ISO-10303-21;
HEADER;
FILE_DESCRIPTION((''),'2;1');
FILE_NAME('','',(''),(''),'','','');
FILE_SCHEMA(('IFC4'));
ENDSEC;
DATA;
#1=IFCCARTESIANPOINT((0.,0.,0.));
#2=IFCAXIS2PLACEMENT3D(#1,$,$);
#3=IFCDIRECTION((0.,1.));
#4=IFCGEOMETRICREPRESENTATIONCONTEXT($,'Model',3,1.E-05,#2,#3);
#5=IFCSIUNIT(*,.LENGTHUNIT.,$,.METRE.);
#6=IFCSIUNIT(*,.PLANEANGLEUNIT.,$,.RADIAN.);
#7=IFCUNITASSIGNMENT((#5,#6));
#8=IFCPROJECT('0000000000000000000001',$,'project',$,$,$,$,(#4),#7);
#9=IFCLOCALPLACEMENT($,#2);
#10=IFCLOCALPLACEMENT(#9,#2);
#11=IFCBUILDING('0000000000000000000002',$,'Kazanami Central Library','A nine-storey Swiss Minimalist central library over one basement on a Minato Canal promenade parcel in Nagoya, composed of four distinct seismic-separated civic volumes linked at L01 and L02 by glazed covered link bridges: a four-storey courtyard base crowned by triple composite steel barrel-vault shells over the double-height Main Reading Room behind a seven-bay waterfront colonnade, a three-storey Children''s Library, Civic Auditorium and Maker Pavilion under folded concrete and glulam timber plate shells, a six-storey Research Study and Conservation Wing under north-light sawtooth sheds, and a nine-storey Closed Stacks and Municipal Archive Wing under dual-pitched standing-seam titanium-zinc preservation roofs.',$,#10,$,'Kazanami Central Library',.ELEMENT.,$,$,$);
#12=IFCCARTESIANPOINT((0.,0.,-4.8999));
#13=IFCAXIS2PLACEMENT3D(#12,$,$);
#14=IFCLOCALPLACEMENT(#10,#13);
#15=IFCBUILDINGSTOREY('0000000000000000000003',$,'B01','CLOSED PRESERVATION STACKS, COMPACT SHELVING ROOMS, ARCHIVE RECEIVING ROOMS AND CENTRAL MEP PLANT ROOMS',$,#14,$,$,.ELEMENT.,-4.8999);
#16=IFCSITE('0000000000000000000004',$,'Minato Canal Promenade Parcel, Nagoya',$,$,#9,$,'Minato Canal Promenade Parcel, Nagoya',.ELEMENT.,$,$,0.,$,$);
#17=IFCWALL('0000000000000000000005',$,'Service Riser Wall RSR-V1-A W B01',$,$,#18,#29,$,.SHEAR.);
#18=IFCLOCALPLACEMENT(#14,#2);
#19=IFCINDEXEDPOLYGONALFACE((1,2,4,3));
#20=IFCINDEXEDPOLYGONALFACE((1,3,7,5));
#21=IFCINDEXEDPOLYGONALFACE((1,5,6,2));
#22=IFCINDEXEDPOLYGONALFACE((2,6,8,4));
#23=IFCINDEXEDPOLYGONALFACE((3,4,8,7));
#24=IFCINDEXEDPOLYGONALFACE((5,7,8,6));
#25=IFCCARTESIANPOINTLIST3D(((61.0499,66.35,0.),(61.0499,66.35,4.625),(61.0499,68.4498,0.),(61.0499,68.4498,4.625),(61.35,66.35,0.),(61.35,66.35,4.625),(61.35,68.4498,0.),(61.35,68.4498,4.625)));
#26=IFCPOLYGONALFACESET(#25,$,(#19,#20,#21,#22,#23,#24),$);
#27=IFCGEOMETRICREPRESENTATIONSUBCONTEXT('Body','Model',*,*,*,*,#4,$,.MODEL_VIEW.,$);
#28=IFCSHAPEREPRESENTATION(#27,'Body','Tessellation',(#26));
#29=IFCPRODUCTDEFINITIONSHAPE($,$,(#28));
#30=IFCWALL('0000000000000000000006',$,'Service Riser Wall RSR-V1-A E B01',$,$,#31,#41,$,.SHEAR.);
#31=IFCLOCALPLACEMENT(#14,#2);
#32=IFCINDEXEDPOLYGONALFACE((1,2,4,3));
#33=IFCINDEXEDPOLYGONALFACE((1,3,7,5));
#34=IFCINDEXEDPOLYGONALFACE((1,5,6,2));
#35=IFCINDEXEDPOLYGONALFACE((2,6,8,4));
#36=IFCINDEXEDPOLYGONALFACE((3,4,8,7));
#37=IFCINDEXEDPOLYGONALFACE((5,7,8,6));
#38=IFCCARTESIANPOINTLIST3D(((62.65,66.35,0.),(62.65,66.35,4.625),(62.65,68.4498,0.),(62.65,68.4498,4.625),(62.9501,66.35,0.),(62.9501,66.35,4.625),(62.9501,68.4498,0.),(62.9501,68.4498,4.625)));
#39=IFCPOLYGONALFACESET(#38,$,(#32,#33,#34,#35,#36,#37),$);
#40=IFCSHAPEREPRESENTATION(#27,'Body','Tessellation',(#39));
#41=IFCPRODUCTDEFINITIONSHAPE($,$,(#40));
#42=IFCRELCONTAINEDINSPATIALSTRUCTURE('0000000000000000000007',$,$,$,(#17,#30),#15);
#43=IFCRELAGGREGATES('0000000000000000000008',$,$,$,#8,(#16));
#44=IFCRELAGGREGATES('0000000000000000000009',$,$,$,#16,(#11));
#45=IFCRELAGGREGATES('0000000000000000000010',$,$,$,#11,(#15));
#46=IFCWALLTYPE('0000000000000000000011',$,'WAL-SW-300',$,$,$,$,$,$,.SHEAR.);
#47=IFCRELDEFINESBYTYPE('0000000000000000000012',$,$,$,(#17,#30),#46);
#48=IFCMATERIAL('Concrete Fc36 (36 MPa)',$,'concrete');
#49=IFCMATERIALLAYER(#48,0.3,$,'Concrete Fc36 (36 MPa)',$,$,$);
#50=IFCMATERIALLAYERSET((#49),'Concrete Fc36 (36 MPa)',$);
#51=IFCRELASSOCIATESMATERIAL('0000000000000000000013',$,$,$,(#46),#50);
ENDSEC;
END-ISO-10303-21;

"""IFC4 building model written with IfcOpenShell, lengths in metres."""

from ifc_helpers import new_model, si_unit, direction, frame, frame_2d, origin, place, context, subcontext, project, spatial, rectangle, extrude, material, layer, layer_set, type_object, element, save


model = new_model("IFC4")

# Units and contexts
model_context = context("Model", 3, precision=1e-05, world=origin(), true_north=direction((0.0, 1.0)))
body_context = subcontext(model_context, "Body", "Model", "MODEL_VIEW")
ifc_project = project(units=[si_unit("LENGTHUNIT", "METRE"), si_unit("PLANEANGLEUNIT", "RADIAN")], contexts=[model_context])

# Site, building, storey
site_placement = place(None, origin())
site = spatial("IfcSite", under=ifc_project, at=site_placement, Name="Minato Canal Promenade Parcel, Nagoya", LongName="Minato Canal Promenade Parcel, Nagoya", CompositionType="ELEMENT", RefElevation=0.0)
building_placement = place(site_placement, origin())
building = spatial("IfcBuilding", under=site, at=building_placement, Name="Kazanami Central Library", Description="A nine-storey Swiss Minimalist central library over one basement on a Minato Canal promenade parcel in Nagoya, composed of four distinct seismic-separated civic volumes linked at L01 and L02 by glazed covered link bridges: a four-storey courtyard base crowned by triple composite steel barrel-vault shells over the double-height Main Reading Room behind a seven-bay waterfront colonnade, a three-storey Children's Library, Civic Auditorium and Maker Pavilion under folded concrete and glulam timber plate shells, a six-storey Research Study and Conservation Wing under north-light sawtooth sheds, and a nine-storey Closed Stacks and Municipal Archive Wing under dual-pitched standing-seam titanium-zinc preservation roofs.", LongName="Kazanami Central Library", CompositionType="ELEMENT")
storey_placement = place(building_placement, frame((0.0, 0.0, -4.8999)))
storey = spatial("IfcBuildingStorey", under=building, at=storey_placement, Name="B01", Description="CLOSED PRESERVATION STACKS, COMPACT SHELVING ROOMS, ARCHIVE RECEIVING ROOMS AND CENTRAL MEP PLANT ROOMS", CompositionType="ELEMENT", Elevation=-4.8999)

# Shared definitions
ifc_material_1 = material(Name="Concrete Fc36 (36 MPa)", Category="concrete")

# Walls
ifc_layer_1 = layer(ifc_material_1, 0.3, Name="Concrete Fc36 (36 MPa)")
ifc_layer_set_1 = layer_set([ifc_layer_1], Name="Concrete Fc36 (36 MPa)")
wall_type_1 = type_object("IfcWallType", Name="WAL-SW-300", PredefinedType="SHEAR", material=ifc_layer_set_1)
for number, where, z_axis, x_axis, name in (
    (1, (61.2, 66.3501, 0.0), (0.0, 0.0, 1.0), (0.0, 1.0, 0.0), "Service Riser Wall RSR-V1-A W B01"),
    (2, (62.8, 66.3501, 0.0), (0.0, 0.0, 1.0), (0.0, 1.0, 0.0), "Service Riser Wall RSR-V1-A E B01"),
):
    element("IfcWall", number, at=place(storey_placement, frame(where, z_axis=z_axis, x_axis=x_axis)), inside=storey, type_object=wall_type_1, Name=name, PredefinedType="SHEAR", context=body_context, shape_type="SweptSolid", body=[
        extrude(rectangle(XDim=2.0999, YDim=0.3, at=frame_2d((1.0498, 0.0))), origin(), (0.0, 0.0, 1.0), 4.625),
    ])

save(model, "model.ifc")
